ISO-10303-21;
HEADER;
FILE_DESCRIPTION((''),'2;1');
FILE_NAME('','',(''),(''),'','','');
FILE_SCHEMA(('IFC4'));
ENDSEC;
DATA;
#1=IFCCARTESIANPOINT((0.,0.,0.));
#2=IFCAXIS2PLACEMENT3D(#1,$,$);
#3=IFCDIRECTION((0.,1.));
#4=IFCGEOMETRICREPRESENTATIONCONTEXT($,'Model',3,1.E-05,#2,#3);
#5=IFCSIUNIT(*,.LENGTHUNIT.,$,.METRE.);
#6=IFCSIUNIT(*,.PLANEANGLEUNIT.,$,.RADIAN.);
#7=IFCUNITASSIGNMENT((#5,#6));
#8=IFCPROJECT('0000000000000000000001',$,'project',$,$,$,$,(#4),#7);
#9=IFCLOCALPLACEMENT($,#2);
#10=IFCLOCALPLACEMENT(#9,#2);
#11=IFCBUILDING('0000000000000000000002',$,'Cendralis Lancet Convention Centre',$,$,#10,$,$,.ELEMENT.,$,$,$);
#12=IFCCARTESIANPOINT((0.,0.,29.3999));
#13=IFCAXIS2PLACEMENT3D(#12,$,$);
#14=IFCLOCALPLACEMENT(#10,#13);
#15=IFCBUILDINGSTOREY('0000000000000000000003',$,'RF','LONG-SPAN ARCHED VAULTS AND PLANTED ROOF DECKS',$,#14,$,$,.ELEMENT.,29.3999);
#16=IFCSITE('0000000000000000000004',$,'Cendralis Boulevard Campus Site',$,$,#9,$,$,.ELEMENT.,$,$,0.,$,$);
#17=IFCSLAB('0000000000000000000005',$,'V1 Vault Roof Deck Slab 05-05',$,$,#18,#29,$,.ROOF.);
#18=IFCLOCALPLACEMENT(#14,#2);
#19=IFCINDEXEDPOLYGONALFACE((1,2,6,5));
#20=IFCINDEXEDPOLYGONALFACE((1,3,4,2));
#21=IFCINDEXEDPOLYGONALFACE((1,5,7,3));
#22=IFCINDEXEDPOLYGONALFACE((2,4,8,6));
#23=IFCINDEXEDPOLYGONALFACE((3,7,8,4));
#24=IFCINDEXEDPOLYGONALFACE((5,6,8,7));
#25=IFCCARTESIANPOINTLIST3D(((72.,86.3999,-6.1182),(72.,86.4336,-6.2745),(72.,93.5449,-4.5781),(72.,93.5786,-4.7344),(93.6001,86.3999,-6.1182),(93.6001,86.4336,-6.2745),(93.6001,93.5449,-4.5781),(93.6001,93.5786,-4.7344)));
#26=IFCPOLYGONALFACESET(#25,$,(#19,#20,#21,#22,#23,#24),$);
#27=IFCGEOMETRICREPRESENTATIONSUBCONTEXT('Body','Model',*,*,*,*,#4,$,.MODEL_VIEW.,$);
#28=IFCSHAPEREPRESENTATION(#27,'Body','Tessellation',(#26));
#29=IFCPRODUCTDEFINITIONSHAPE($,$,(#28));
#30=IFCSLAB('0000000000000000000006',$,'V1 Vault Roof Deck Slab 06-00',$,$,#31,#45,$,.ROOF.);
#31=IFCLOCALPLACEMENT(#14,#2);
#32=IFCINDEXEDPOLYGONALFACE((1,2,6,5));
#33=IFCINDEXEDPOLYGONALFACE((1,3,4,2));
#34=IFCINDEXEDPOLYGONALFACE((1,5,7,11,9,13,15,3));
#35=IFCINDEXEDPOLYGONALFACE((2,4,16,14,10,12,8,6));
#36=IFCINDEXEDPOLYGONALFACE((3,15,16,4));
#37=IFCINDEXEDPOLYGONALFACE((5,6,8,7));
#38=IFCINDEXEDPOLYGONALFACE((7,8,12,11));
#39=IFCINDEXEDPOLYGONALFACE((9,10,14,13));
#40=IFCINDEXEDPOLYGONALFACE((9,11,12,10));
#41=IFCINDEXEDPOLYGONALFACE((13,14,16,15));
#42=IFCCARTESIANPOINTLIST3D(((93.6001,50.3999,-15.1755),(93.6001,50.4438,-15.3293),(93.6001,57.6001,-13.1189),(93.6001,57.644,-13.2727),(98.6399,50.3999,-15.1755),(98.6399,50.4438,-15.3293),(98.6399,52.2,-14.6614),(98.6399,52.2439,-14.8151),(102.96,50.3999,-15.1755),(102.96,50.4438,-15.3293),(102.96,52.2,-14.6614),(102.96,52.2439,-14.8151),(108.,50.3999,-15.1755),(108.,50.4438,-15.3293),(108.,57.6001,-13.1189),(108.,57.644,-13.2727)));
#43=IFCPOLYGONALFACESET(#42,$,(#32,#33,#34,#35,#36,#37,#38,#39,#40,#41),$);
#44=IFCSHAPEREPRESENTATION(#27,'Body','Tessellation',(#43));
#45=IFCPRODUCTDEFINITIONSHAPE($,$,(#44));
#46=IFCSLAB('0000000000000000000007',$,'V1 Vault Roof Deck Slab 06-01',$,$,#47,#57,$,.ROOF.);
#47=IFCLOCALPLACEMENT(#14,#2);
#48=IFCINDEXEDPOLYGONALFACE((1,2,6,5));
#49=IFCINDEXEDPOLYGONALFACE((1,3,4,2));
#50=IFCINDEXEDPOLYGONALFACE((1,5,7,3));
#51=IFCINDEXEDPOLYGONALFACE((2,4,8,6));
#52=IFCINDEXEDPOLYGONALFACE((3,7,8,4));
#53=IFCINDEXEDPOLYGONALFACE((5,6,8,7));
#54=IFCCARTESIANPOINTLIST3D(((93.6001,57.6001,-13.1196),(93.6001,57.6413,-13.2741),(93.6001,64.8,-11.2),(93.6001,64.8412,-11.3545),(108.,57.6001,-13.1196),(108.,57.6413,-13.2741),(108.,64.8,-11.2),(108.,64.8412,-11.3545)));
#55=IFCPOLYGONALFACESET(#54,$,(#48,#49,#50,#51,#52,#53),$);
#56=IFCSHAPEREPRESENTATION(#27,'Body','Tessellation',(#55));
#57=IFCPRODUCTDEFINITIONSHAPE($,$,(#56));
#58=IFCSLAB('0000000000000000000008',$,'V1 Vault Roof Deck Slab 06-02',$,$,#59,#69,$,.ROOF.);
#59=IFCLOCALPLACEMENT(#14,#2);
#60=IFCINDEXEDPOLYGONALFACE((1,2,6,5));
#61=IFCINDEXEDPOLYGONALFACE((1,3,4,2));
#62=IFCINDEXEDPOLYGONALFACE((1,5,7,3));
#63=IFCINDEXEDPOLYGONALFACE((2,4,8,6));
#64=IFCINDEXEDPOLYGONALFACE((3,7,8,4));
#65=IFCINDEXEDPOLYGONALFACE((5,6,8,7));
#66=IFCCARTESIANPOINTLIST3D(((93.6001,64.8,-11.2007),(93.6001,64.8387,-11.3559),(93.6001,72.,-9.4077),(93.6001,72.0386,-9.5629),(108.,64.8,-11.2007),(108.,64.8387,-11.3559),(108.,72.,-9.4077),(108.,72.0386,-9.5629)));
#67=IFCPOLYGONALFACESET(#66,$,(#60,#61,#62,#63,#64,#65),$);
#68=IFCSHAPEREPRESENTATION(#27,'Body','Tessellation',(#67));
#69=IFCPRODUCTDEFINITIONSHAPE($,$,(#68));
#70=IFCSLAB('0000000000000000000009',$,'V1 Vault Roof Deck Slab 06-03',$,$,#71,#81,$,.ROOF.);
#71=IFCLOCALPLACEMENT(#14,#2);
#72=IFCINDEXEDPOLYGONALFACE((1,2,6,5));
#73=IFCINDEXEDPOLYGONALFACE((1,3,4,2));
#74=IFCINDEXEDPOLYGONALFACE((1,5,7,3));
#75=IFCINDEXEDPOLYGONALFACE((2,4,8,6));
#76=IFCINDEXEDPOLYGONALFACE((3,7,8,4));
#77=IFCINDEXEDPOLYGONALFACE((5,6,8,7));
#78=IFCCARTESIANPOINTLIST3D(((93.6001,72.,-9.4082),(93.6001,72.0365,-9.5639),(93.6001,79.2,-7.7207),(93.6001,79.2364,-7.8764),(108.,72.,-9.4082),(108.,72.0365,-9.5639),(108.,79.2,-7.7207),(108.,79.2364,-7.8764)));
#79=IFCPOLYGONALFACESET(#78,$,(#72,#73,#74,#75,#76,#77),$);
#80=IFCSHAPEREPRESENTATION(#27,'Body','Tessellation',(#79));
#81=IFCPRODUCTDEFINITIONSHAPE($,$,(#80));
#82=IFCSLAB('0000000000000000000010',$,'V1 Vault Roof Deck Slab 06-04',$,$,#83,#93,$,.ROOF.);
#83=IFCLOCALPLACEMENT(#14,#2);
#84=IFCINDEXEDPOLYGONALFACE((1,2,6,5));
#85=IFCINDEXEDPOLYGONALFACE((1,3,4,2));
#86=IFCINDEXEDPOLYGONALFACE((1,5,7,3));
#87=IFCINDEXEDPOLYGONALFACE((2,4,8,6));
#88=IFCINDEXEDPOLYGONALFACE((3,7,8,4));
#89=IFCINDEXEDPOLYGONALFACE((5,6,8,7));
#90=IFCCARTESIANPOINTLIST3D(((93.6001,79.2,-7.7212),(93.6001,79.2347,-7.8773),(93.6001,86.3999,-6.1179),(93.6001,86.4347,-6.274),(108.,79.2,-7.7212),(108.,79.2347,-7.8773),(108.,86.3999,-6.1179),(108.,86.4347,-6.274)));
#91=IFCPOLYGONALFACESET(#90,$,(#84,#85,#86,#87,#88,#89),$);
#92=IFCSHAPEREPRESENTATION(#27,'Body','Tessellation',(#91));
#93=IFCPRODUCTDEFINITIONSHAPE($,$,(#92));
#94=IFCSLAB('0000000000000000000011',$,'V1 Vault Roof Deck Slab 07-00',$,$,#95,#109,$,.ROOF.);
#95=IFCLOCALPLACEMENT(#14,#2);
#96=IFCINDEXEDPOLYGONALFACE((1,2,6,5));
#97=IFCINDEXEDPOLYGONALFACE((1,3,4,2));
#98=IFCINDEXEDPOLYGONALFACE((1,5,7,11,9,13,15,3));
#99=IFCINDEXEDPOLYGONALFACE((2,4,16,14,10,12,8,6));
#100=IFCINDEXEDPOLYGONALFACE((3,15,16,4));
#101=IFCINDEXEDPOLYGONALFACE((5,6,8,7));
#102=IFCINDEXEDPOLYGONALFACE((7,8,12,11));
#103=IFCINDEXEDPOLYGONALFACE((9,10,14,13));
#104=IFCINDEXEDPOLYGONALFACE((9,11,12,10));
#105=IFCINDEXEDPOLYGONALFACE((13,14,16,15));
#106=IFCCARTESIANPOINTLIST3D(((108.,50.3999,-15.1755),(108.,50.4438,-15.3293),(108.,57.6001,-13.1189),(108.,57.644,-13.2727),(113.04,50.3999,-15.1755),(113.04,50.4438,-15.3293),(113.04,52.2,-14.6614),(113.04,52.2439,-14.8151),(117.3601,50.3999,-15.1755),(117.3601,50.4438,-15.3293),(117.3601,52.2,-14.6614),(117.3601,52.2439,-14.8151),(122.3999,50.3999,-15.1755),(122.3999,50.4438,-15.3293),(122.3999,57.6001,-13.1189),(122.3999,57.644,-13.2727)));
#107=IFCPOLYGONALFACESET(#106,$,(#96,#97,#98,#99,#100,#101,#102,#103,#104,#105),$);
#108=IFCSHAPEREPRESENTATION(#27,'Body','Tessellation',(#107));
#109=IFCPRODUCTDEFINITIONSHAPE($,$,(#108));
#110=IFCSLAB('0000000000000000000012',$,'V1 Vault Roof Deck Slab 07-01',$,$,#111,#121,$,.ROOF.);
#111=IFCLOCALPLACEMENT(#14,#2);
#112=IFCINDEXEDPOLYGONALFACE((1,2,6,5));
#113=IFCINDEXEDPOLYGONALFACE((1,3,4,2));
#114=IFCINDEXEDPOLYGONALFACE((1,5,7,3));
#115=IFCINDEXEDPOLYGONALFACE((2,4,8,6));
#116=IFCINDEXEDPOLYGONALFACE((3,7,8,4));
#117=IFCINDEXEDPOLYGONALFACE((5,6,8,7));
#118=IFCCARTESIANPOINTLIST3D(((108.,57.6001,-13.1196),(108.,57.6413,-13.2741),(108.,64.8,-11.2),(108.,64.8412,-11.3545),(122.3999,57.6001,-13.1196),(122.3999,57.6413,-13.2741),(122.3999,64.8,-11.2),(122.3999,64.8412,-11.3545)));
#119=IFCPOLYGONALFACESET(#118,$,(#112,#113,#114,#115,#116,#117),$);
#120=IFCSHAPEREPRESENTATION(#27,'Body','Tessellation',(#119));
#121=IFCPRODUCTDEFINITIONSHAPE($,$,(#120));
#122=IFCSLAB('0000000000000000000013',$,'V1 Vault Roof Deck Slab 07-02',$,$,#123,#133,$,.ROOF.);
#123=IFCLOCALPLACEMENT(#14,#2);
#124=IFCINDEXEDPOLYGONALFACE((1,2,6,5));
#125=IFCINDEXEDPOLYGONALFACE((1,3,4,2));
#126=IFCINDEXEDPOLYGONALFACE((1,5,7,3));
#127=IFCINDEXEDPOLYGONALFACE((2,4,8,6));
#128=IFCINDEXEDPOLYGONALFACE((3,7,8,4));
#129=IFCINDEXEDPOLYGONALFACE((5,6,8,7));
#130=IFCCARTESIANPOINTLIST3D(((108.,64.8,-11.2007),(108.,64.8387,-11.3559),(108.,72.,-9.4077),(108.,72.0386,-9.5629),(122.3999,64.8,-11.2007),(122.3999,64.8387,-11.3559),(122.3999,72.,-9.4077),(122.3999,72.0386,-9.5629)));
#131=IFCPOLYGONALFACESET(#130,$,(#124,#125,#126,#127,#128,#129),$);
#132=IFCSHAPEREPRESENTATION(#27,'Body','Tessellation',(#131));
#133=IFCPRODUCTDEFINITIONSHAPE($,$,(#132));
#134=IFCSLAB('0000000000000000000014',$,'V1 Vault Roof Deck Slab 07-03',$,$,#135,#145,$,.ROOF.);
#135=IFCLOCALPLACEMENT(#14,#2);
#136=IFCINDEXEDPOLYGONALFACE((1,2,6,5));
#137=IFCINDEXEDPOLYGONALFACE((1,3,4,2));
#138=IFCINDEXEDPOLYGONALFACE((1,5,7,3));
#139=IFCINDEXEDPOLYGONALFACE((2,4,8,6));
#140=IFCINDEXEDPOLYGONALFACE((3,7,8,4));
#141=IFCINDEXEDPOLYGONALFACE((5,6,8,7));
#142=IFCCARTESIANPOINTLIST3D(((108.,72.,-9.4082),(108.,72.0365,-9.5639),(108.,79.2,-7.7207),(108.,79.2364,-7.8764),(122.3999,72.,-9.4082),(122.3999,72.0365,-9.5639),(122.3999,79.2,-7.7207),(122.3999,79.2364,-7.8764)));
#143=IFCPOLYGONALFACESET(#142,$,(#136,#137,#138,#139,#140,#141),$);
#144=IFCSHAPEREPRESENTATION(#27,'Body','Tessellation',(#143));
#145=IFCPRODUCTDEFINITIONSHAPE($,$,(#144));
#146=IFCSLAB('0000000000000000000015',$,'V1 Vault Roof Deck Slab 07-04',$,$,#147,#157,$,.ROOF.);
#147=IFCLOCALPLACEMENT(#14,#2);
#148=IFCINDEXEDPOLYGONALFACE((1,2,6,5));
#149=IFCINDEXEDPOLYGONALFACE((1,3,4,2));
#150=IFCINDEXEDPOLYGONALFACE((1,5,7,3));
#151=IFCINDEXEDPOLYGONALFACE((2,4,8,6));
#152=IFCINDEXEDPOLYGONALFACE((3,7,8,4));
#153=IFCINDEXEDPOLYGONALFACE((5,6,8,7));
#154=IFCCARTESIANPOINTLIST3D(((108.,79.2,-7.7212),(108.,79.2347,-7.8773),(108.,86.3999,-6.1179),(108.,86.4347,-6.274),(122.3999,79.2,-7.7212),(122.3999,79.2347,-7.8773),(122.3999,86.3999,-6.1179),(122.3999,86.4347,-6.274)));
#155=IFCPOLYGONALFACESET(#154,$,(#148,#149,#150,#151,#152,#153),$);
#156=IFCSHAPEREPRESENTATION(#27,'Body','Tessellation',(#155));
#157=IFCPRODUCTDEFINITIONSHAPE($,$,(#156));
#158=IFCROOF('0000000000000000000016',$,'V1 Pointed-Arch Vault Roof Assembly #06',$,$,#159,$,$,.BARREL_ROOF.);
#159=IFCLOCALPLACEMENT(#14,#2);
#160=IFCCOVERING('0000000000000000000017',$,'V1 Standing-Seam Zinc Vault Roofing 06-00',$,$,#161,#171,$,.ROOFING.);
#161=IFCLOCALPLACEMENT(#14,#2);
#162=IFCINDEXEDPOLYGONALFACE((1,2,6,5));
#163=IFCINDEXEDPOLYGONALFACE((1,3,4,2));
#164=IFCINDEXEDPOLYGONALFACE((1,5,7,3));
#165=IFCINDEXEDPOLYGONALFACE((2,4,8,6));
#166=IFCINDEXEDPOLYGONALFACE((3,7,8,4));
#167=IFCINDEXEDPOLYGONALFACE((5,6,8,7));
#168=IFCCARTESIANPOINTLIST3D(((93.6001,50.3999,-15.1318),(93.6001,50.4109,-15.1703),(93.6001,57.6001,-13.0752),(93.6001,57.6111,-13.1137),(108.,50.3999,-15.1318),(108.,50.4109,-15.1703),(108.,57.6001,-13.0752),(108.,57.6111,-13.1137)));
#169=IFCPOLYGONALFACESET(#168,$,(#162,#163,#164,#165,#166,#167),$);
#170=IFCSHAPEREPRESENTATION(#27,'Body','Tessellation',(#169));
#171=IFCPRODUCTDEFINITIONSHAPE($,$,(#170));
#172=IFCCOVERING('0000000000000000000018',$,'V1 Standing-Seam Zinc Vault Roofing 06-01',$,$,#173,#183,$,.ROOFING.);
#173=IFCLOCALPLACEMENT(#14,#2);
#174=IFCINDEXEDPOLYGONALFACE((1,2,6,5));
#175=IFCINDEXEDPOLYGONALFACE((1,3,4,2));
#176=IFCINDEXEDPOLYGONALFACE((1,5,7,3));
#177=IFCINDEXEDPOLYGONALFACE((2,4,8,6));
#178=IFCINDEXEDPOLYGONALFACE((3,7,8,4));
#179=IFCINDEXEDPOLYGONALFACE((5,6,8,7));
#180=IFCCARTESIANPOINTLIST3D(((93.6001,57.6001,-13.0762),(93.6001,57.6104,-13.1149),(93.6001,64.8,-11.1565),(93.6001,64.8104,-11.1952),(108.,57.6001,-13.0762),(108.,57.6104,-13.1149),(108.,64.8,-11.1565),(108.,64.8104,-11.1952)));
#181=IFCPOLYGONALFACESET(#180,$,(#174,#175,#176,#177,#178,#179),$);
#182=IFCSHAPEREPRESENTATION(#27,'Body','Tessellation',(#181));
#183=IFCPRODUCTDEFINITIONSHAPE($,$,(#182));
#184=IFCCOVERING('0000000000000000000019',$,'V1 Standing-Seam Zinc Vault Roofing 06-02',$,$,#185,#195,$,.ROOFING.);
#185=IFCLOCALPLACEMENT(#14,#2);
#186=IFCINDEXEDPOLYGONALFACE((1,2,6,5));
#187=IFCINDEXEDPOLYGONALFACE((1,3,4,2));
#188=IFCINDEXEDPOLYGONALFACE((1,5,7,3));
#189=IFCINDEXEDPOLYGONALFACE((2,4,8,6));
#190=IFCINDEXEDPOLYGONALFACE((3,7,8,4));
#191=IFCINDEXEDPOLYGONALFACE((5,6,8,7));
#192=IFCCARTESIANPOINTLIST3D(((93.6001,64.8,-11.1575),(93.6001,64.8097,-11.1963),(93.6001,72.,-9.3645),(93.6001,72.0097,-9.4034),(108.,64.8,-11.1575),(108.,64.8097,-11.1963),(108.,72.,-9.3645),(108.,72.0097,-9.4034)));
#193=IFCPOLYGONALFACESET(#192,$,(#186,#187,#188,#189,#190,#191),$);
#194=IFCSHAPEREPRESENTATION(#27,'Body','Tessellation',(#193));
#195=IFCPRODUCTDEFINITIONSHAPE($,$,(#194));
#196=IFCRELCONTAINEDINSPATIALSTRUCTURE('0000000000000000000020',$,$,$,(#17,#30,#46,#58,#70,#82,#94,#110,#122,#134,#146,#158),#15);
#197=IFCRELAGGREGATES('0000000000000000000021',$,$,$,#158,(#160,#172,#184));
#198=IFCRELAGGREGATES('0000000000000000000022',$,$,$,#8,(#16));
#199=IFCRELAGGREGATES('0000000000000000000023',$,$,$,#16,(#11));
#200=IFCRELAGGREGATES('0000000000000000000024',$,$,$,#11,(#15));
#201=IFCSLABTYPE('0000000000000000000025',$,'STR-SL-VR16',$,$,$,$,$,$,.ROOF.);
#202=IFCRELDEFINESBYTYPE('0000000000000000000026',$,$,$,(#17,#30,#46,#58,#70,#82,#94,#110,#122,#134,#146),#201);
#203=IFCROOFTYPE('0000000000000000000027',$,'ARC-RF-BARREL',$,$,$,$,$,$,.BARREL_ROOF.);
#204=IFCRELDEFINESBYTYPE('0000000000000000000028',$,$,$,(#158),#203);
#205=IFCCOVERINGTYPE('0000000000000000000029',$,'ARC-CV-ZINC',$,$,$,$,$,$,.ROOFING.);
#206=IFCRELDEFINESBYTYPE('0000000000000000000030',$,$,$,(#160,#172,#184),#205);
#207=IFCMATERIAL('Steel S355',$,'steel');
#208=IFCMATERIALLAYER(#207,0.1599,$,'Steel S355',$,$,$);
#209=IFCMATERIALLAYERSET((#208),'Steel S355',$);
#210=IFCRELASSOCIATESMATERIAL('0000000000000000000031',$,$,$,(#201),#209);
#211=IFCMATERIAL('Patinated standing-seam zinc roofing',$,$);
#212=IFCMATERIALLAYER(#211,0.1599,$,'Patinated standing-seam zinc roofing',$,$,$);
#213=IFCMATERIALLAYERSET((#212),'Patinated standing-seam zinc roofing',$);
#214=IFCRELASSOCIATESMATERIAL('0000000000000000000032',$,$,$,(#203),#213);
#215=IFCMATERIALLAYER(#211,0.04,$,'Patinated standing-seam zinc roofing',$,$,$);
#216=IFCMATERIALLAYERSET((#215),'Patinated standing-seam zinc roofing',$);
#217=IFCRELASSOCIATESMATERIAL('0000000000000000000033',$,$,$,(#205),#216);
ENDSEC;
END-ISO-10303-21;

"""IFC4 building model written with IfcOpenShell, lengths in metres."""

from ifc_helpers import new_model, si_unit, direction, frame, origin, place, context, subcontext, project, spatial, polyline, outline, extrude, material, layer, layer_set, type_object, element, aggregate, save


model = new_model("IFC4")

# Units and contexts
model_context = context("Model", 3, precision=1e-05, world=origin(), true_north=direction((0.0, 1.0)))
body_context = subcontext(model_context, "Body", "Model", "MODEL_VIEW")
ifc_project = project(units=[si_unit("LENGTHUNIT", "METRE"), si_unit("PLANEANGLEUNIT", "RADIAN")], contexts=[model_context])

# Site, building, storey
site_placement = place(None, origin())
site = spatial("IfcSite", under=ifc_project, at=site_placement, Name="Cendralis Boulevard Campus Site", CompositionType="ELEMENT", RefElevation=0.0)
building_placement = place(site_placement, origin())
building = spatial("IfcBuilding", under=site, at=building_placement, Name="Cendralis Lancet Convention Centre", CompositionType="ELEMENT")
storey_placement = place(building_placement, frame((0.0, 0.0, 29.3999)))
storey = spatial("IfcBuildingStorey", under=building, at=storey_placement, Name="RF", Description="LONG-SPAN ARCHED VAULTS AND PLANTED ROOF DECKS", CompositionType="ELEMENT", Elevation=29.3999)

# Slabs
ifc_material_1 = material(Name="Steel S355", Category="steel")
ifc_layer_1 = layer(ifc_material_1, 0.1599, Name="Steel S355")
ifc_layer_set_1 = layer_set([ifc_layer_1], Name="Steel S355")
slab_type = type_object("IfcSlabType", Name="STR-SL-VR16", PredefinedType="ROOF", material=ifc_layer_set_1)
slab_1_placement = place(storey_placement, frame((72.0, 86.3999, -6.1182), z_axis=(0.0, -0.210701, 0.97755), x_axis=(1.0, 0.0, 0.0)))
element("IfcSlab", 1, at=slab_1_placement, inside=storey, type_object=slab_type, Name="V1 Vault Roof Deck Slab 05-05", PredefinedType="ROOF", context=body_context, shape_type="SweptSolid", body=[
    extrude(outline(polyline([(0.0, 0.0), (21.6001, 0.0), (21.6001, 7.3091), (0.0, 7.3091), (0.0, 0.0)])), origin(), (0.0, 0.0, -1.0), 0.1599),
])
slab_2_placement = place(storey_placement, frame((93.6001, 50.3999, -15.1755), z_axis=(0.0, -0.274652, 0.961544), x_axis=(1.0, 0.0, 0.0)))
element("IfcSlab", 2, at=slab_2_placement, inside=storey, type_object=slab_type, Name="V1 Vault Roof Deck Slab 06-00", PredefinedType="ROOF", context=body_context, shape_type="SweptSolid", body=[
    extrude(outline(polyline([(0.0, 0.0), (5.0398, 0.0), (5.0398, 1.872), (9.3599, 1.872), (9.3599, 0.0), (14.3999, 0.0), (14.3999, 7.4882), (0.0, 7.4882), (0.0, 0.0)])), origin(), (0.0, 0.0, -1.0), 0.1599),
])
slab_3_placement = place(storey_placement, frame((93.6001, 57.6001, -13.1196), z_axis=(0.0, -0.257624, 0.966245), x_axis=(1.0, 0.0, 0.0)))
element("IfcSlab", 3, at=slab_3_placement, inside=storey, type_object=slab_type, Name="V1 Vault Roof Deck Slab 06-01", PredefinedType="ROOF", context=body_context, shape_type="SweptSolid", body=[
    extrude(outline(polyline([(0.0, 0.0), (14.3999, 0.0), (14.3999, 7.4515), (0.0, 7.4515), (0.0, 0.0)])), origin(), (0.0, 0.0, -1.0), 0.1599),
])
slab_4_placement = place(storey_placement, frame((93.6001, 64.8, -11.2007), z_axis=(0.0, -0.241645, 0.970365), x_axis=(1.0, 0.0, 0.0)))
element("IfcSlab", 4, at=slab_4_placement, inside=storey, type_object=slab_type, Name="V1 Vault Roof Deck Slab 06-02", PredefinedType="ROOF", context=body_context, shape_type="SweptSolid", body=[
    extrude(outline(polyline([(0.0, 0.0), (14.3999, 0.0), (14.3999, 7.4198), (0.0, 7.4198), (0.0, 0.0)])), origin(), (0.0, 0.0, -1.0), 0.1599),
])
slab_5_placement = place(storey_placement, frame((93.6001, 72.0, -9.4082), z_axis=(0.0, -0.228193, 0.973616), x_axis=(1.0, 0.0, 0.0)))
element("IfcSlab", 5, at=slab_5_placement, inside=storey, type_object=slab_type, Name="V1 Vault Roof Deck Slab 06-03", PredefinedType="ROOF", context=body_context, shape_type="SweptSolid", body=[
    extrude(outline(polyline([(0.0, 0.0), (14.3999, 0.0), (14.3999, 7.3951), (0.0, 7.3951), (0.0, 0.0)])), origin(), (0.0, 0.0, -1.0), 0.1599),
])
slab_6_placement = place(storey_placement, frame((93.6001, 79.2, -7.7212), z_axis=(0.0, -0.217354, 0.976093), x_axis=(1.0, 0.0, 0.0)))
element("IfcSlab", 6, at=slab_6_placement, inside=storey, type_object=slab_type, Name="V1 Vault Roof Deck Slab 06-04", PredefinedType="ROOF", context=body_context, shape_type="SweptSolid", body=[
    extrude(outline(polyline([(0.0, 0.0), (14.3999, 0.0), (14.3999, 7.3763), (0.0, 7.3763), (0.0, 0.0)])), origin(), (0.0, 0.0, -1.0), 0.1599),
])
slab_7_placement = place(storey_placement, frame((108.0, 50.3999, -15.1755), z_axis=(0.0, -0.274652, 0.961544), x_axis=(1.0, 0.0, 0.0)))
element("IfcSlab", 7, at=slab_7_placement, inside=storey, type_object=slab_type, Name="V1 Vault Roof Deck Slab 07-00", PredefinedType="ROOF", context=body_context, shape_type="SweptSolid", body=[
    extrude(outline(polyline([(0.0, 0.0), (5.04, 0.0), (5.04, 1.872), (9.3601, 1.872), (9.3601, 0.0), (14.3999, 0.0), (14.3999, 7.4882), (0.0, 7.4882), (0.0, 0.0)])), origin(), (0.0, 0.0, -1.0), 0.1599),
])
slab_8_placement = place(storey_placement, frame((108.0, 57.6001, -13.1196), z_axis=(0.0, -0.257624, 0.966245), x_axis=(1.0, 0.0, 0.0)))
element("IfcSlab", 8, at=slab_8_placement, inside=storey, type_object=slab_type, Name="V1 Vault Roof Deck Slab 07-01", PredefinedType="ROOF", context=body_context, shape_type="SweptSolid", body=[
    extrude(outline(polyline([(0.0, 0.0), (14.3999, 0.0), (14.3999, 7.4515), (0.0, 7.4515), (0.0, 0.0)])), origin(), (0.0, 0.0, -1.0), 0.1599),
])
slab_9_placement = place(storey_placement, frame((108.0, 64.8, -11.2007), z_axis=(0.0, -0.241645, 0.970365), x_axis=(1.0, 0.0, 0.0)))
element("IfcSlab", 9, at=slab_9_placement, inside=storey, type_object=slab_type, Name="V1 Vault Roof Deck Slab 07-02", PredefinedType="ROOF", context=body_context, shape_type="SweptSolid", body=[
    extrude(outline(polyline([(0.0, 0.0), (14.3999, 0.0), (14.3999, 7.4198), (0.0, 7.4198), (0.0, 0.0)])), origin(), (0.0, 0.0, -1.0), 0.1599),
])
slab_10_placement = place(storey_placement, frame((108.0, 72.0, -9.4082), z_axis=(0.0, -0.228193, 0.973616), x_axis=(1.0, 0.0, 0.0)))
element("IfcSlab", 10, at=slab_10_placement, inside=storey, type_object=slab_type, Name="V1 Vault Roof Deck Slab 07-03", PredefinedType="ROOF", context=body_context, shape_type="SweptSolid", body=[
    extrude(outline(polyline([(0.0, 0.0), (14.3999, 0.0), (14.3999, 7.3951), (0.0, 7.3951), (0.0, 0.0)])), origin(), (0.0, 0.0, -1.0), 0.1599),
])
slab_11_placement = place(storey_placement, frame((108.0, 79.2, -7.7212), z_axis=(0.0, -0.217354, 0.976093), x_axis=(1.0, 0.0, 0.0)))
element("IfcSlab", 11, at=slab_11_placement, inside=storey, type_object=slab_type, Name="V1 Vault Roof Deck Slab 07-04", PredefinedType="ROOF", context=body_context, shape_type="SweptSolid", body=[
    extrude(outline(polyline([(0.0, 0.0), (14.3999, 0.0), (14.3999, 7.3763), (0.0, 7.3763), (0.0, 0.0)])), origin(), (0.0, 0.0, -1.0), 0.1599),
])

# Roof, coverings
ifc_material_2 = material(Name="Patinated standing-seam zinc roofing")
ifc_layer_2 = layer(ifc_material_2, 0.1599, Name="Patinated standing-seam zinc roofing")
ifc_layer_set_2 = layer_set([ifc_layer_2], Name="Patinated standing-seam zinc roofing")
roof_type = type_object("IfcRoofType", Name="ARC-RF-BARREL", PredefinedType="BARREL_ROOF", material=ifc_layer_set_2)
roof_1_placement = place(storey_placement, origin())
roof_1 = element("IfcRoof", 12, at=roof_1_placement, inside=storey, type_object=roof_type, Name="V1 Pointed-Arch Vault Roof Assembly #06", PredefinedType="BARREL_ROOF")
ifc_layer_3 = layer(ifc_material_2, 0.04, Name="Patinated standing-seam zinc roofing")
ifc_layer_set_3 = layer_set([ifc_layer_3], Name="Patinated standing-seam zinc roofing")
covering_type = type_object("IfcCoveringType", Name="ARC-CV-ZINC", PredefinedType="ROOFING", material=ifc_layer_set_3)
covering_1_placement = place(storey_placement, frame((93.6001, 50.3999, -15.1318), z_axis=(0.0, -0.274652, 0.961544), x_axis=(1.0, 0.0, 0.0)))
covering_1 = element("IfcCovering", 13, at=covering_1_placement, type_object=covering_type, Name="V1 Standing-Seam Zinc Vault Roofing 06-00", PredefinedType="ROOFING", context=body_context, shape_type="SweptSolid", body=[
    extrude(outline(polyline([(0.0, 0.0), (14.3999, 0.0), (14.3999, 7.4882), (0.0, 7.4882), (0.0, 0.0)])), origin(), (0.0, 0.0, -1.0), 0.04),
])
covering_2_placement = place(storey_placement, frame((93.6001, 57.6001, -13.0762), z_axis=(0.0, -0.257624, 0.966245), x_axis=(1.0, 0.0, 0.0)))
covering_2 = element("IfcCovering", 14, at=covering_2_placement, type_object=covering_type, Name="V1 Standing-Seam Zinc Vault Roofing 06-01", PredefinedType="ROOFING", context=body_context, shape_type="SweptSolid", body=[
    extrude(outline(polyline([(0.0, 0.0), (14.3999, 0.0), (14.3999, 7.4515), (0.0, 7.4515), (0.0, 0.0)])), origin(), (0.0, 0.0, -1.0), 0.04),
])
covering_3_placement = place(storey_placement, frame((93.6001, 64.8, -11.1575), z_axis=(0.0, -0.241645, 0.970365), x_axis=(1.0, 0.0, 0.0)))
covering_3 = element("IfcCovering", 15, at=covering_3_placement, type_object=covering_type, Name="V1 Standing-Seam Zinc Vault Roofing 06-02", PredefinedType="ROOFING", context=body_context, shape_type="SweptSolid", body=[
    extrude(outline(polyline([(0.0, 0.0), (14.3999, 0.0), (14.3999, 7.4198), (0.0, 7.4198), (0.0, 0.0)])), origin(), (0.0, 0.0, -1.0), 0.04),
])
aggregate(roof_1, [covering_1, covering_2, covering_3])

save(model, "model.ifc")
